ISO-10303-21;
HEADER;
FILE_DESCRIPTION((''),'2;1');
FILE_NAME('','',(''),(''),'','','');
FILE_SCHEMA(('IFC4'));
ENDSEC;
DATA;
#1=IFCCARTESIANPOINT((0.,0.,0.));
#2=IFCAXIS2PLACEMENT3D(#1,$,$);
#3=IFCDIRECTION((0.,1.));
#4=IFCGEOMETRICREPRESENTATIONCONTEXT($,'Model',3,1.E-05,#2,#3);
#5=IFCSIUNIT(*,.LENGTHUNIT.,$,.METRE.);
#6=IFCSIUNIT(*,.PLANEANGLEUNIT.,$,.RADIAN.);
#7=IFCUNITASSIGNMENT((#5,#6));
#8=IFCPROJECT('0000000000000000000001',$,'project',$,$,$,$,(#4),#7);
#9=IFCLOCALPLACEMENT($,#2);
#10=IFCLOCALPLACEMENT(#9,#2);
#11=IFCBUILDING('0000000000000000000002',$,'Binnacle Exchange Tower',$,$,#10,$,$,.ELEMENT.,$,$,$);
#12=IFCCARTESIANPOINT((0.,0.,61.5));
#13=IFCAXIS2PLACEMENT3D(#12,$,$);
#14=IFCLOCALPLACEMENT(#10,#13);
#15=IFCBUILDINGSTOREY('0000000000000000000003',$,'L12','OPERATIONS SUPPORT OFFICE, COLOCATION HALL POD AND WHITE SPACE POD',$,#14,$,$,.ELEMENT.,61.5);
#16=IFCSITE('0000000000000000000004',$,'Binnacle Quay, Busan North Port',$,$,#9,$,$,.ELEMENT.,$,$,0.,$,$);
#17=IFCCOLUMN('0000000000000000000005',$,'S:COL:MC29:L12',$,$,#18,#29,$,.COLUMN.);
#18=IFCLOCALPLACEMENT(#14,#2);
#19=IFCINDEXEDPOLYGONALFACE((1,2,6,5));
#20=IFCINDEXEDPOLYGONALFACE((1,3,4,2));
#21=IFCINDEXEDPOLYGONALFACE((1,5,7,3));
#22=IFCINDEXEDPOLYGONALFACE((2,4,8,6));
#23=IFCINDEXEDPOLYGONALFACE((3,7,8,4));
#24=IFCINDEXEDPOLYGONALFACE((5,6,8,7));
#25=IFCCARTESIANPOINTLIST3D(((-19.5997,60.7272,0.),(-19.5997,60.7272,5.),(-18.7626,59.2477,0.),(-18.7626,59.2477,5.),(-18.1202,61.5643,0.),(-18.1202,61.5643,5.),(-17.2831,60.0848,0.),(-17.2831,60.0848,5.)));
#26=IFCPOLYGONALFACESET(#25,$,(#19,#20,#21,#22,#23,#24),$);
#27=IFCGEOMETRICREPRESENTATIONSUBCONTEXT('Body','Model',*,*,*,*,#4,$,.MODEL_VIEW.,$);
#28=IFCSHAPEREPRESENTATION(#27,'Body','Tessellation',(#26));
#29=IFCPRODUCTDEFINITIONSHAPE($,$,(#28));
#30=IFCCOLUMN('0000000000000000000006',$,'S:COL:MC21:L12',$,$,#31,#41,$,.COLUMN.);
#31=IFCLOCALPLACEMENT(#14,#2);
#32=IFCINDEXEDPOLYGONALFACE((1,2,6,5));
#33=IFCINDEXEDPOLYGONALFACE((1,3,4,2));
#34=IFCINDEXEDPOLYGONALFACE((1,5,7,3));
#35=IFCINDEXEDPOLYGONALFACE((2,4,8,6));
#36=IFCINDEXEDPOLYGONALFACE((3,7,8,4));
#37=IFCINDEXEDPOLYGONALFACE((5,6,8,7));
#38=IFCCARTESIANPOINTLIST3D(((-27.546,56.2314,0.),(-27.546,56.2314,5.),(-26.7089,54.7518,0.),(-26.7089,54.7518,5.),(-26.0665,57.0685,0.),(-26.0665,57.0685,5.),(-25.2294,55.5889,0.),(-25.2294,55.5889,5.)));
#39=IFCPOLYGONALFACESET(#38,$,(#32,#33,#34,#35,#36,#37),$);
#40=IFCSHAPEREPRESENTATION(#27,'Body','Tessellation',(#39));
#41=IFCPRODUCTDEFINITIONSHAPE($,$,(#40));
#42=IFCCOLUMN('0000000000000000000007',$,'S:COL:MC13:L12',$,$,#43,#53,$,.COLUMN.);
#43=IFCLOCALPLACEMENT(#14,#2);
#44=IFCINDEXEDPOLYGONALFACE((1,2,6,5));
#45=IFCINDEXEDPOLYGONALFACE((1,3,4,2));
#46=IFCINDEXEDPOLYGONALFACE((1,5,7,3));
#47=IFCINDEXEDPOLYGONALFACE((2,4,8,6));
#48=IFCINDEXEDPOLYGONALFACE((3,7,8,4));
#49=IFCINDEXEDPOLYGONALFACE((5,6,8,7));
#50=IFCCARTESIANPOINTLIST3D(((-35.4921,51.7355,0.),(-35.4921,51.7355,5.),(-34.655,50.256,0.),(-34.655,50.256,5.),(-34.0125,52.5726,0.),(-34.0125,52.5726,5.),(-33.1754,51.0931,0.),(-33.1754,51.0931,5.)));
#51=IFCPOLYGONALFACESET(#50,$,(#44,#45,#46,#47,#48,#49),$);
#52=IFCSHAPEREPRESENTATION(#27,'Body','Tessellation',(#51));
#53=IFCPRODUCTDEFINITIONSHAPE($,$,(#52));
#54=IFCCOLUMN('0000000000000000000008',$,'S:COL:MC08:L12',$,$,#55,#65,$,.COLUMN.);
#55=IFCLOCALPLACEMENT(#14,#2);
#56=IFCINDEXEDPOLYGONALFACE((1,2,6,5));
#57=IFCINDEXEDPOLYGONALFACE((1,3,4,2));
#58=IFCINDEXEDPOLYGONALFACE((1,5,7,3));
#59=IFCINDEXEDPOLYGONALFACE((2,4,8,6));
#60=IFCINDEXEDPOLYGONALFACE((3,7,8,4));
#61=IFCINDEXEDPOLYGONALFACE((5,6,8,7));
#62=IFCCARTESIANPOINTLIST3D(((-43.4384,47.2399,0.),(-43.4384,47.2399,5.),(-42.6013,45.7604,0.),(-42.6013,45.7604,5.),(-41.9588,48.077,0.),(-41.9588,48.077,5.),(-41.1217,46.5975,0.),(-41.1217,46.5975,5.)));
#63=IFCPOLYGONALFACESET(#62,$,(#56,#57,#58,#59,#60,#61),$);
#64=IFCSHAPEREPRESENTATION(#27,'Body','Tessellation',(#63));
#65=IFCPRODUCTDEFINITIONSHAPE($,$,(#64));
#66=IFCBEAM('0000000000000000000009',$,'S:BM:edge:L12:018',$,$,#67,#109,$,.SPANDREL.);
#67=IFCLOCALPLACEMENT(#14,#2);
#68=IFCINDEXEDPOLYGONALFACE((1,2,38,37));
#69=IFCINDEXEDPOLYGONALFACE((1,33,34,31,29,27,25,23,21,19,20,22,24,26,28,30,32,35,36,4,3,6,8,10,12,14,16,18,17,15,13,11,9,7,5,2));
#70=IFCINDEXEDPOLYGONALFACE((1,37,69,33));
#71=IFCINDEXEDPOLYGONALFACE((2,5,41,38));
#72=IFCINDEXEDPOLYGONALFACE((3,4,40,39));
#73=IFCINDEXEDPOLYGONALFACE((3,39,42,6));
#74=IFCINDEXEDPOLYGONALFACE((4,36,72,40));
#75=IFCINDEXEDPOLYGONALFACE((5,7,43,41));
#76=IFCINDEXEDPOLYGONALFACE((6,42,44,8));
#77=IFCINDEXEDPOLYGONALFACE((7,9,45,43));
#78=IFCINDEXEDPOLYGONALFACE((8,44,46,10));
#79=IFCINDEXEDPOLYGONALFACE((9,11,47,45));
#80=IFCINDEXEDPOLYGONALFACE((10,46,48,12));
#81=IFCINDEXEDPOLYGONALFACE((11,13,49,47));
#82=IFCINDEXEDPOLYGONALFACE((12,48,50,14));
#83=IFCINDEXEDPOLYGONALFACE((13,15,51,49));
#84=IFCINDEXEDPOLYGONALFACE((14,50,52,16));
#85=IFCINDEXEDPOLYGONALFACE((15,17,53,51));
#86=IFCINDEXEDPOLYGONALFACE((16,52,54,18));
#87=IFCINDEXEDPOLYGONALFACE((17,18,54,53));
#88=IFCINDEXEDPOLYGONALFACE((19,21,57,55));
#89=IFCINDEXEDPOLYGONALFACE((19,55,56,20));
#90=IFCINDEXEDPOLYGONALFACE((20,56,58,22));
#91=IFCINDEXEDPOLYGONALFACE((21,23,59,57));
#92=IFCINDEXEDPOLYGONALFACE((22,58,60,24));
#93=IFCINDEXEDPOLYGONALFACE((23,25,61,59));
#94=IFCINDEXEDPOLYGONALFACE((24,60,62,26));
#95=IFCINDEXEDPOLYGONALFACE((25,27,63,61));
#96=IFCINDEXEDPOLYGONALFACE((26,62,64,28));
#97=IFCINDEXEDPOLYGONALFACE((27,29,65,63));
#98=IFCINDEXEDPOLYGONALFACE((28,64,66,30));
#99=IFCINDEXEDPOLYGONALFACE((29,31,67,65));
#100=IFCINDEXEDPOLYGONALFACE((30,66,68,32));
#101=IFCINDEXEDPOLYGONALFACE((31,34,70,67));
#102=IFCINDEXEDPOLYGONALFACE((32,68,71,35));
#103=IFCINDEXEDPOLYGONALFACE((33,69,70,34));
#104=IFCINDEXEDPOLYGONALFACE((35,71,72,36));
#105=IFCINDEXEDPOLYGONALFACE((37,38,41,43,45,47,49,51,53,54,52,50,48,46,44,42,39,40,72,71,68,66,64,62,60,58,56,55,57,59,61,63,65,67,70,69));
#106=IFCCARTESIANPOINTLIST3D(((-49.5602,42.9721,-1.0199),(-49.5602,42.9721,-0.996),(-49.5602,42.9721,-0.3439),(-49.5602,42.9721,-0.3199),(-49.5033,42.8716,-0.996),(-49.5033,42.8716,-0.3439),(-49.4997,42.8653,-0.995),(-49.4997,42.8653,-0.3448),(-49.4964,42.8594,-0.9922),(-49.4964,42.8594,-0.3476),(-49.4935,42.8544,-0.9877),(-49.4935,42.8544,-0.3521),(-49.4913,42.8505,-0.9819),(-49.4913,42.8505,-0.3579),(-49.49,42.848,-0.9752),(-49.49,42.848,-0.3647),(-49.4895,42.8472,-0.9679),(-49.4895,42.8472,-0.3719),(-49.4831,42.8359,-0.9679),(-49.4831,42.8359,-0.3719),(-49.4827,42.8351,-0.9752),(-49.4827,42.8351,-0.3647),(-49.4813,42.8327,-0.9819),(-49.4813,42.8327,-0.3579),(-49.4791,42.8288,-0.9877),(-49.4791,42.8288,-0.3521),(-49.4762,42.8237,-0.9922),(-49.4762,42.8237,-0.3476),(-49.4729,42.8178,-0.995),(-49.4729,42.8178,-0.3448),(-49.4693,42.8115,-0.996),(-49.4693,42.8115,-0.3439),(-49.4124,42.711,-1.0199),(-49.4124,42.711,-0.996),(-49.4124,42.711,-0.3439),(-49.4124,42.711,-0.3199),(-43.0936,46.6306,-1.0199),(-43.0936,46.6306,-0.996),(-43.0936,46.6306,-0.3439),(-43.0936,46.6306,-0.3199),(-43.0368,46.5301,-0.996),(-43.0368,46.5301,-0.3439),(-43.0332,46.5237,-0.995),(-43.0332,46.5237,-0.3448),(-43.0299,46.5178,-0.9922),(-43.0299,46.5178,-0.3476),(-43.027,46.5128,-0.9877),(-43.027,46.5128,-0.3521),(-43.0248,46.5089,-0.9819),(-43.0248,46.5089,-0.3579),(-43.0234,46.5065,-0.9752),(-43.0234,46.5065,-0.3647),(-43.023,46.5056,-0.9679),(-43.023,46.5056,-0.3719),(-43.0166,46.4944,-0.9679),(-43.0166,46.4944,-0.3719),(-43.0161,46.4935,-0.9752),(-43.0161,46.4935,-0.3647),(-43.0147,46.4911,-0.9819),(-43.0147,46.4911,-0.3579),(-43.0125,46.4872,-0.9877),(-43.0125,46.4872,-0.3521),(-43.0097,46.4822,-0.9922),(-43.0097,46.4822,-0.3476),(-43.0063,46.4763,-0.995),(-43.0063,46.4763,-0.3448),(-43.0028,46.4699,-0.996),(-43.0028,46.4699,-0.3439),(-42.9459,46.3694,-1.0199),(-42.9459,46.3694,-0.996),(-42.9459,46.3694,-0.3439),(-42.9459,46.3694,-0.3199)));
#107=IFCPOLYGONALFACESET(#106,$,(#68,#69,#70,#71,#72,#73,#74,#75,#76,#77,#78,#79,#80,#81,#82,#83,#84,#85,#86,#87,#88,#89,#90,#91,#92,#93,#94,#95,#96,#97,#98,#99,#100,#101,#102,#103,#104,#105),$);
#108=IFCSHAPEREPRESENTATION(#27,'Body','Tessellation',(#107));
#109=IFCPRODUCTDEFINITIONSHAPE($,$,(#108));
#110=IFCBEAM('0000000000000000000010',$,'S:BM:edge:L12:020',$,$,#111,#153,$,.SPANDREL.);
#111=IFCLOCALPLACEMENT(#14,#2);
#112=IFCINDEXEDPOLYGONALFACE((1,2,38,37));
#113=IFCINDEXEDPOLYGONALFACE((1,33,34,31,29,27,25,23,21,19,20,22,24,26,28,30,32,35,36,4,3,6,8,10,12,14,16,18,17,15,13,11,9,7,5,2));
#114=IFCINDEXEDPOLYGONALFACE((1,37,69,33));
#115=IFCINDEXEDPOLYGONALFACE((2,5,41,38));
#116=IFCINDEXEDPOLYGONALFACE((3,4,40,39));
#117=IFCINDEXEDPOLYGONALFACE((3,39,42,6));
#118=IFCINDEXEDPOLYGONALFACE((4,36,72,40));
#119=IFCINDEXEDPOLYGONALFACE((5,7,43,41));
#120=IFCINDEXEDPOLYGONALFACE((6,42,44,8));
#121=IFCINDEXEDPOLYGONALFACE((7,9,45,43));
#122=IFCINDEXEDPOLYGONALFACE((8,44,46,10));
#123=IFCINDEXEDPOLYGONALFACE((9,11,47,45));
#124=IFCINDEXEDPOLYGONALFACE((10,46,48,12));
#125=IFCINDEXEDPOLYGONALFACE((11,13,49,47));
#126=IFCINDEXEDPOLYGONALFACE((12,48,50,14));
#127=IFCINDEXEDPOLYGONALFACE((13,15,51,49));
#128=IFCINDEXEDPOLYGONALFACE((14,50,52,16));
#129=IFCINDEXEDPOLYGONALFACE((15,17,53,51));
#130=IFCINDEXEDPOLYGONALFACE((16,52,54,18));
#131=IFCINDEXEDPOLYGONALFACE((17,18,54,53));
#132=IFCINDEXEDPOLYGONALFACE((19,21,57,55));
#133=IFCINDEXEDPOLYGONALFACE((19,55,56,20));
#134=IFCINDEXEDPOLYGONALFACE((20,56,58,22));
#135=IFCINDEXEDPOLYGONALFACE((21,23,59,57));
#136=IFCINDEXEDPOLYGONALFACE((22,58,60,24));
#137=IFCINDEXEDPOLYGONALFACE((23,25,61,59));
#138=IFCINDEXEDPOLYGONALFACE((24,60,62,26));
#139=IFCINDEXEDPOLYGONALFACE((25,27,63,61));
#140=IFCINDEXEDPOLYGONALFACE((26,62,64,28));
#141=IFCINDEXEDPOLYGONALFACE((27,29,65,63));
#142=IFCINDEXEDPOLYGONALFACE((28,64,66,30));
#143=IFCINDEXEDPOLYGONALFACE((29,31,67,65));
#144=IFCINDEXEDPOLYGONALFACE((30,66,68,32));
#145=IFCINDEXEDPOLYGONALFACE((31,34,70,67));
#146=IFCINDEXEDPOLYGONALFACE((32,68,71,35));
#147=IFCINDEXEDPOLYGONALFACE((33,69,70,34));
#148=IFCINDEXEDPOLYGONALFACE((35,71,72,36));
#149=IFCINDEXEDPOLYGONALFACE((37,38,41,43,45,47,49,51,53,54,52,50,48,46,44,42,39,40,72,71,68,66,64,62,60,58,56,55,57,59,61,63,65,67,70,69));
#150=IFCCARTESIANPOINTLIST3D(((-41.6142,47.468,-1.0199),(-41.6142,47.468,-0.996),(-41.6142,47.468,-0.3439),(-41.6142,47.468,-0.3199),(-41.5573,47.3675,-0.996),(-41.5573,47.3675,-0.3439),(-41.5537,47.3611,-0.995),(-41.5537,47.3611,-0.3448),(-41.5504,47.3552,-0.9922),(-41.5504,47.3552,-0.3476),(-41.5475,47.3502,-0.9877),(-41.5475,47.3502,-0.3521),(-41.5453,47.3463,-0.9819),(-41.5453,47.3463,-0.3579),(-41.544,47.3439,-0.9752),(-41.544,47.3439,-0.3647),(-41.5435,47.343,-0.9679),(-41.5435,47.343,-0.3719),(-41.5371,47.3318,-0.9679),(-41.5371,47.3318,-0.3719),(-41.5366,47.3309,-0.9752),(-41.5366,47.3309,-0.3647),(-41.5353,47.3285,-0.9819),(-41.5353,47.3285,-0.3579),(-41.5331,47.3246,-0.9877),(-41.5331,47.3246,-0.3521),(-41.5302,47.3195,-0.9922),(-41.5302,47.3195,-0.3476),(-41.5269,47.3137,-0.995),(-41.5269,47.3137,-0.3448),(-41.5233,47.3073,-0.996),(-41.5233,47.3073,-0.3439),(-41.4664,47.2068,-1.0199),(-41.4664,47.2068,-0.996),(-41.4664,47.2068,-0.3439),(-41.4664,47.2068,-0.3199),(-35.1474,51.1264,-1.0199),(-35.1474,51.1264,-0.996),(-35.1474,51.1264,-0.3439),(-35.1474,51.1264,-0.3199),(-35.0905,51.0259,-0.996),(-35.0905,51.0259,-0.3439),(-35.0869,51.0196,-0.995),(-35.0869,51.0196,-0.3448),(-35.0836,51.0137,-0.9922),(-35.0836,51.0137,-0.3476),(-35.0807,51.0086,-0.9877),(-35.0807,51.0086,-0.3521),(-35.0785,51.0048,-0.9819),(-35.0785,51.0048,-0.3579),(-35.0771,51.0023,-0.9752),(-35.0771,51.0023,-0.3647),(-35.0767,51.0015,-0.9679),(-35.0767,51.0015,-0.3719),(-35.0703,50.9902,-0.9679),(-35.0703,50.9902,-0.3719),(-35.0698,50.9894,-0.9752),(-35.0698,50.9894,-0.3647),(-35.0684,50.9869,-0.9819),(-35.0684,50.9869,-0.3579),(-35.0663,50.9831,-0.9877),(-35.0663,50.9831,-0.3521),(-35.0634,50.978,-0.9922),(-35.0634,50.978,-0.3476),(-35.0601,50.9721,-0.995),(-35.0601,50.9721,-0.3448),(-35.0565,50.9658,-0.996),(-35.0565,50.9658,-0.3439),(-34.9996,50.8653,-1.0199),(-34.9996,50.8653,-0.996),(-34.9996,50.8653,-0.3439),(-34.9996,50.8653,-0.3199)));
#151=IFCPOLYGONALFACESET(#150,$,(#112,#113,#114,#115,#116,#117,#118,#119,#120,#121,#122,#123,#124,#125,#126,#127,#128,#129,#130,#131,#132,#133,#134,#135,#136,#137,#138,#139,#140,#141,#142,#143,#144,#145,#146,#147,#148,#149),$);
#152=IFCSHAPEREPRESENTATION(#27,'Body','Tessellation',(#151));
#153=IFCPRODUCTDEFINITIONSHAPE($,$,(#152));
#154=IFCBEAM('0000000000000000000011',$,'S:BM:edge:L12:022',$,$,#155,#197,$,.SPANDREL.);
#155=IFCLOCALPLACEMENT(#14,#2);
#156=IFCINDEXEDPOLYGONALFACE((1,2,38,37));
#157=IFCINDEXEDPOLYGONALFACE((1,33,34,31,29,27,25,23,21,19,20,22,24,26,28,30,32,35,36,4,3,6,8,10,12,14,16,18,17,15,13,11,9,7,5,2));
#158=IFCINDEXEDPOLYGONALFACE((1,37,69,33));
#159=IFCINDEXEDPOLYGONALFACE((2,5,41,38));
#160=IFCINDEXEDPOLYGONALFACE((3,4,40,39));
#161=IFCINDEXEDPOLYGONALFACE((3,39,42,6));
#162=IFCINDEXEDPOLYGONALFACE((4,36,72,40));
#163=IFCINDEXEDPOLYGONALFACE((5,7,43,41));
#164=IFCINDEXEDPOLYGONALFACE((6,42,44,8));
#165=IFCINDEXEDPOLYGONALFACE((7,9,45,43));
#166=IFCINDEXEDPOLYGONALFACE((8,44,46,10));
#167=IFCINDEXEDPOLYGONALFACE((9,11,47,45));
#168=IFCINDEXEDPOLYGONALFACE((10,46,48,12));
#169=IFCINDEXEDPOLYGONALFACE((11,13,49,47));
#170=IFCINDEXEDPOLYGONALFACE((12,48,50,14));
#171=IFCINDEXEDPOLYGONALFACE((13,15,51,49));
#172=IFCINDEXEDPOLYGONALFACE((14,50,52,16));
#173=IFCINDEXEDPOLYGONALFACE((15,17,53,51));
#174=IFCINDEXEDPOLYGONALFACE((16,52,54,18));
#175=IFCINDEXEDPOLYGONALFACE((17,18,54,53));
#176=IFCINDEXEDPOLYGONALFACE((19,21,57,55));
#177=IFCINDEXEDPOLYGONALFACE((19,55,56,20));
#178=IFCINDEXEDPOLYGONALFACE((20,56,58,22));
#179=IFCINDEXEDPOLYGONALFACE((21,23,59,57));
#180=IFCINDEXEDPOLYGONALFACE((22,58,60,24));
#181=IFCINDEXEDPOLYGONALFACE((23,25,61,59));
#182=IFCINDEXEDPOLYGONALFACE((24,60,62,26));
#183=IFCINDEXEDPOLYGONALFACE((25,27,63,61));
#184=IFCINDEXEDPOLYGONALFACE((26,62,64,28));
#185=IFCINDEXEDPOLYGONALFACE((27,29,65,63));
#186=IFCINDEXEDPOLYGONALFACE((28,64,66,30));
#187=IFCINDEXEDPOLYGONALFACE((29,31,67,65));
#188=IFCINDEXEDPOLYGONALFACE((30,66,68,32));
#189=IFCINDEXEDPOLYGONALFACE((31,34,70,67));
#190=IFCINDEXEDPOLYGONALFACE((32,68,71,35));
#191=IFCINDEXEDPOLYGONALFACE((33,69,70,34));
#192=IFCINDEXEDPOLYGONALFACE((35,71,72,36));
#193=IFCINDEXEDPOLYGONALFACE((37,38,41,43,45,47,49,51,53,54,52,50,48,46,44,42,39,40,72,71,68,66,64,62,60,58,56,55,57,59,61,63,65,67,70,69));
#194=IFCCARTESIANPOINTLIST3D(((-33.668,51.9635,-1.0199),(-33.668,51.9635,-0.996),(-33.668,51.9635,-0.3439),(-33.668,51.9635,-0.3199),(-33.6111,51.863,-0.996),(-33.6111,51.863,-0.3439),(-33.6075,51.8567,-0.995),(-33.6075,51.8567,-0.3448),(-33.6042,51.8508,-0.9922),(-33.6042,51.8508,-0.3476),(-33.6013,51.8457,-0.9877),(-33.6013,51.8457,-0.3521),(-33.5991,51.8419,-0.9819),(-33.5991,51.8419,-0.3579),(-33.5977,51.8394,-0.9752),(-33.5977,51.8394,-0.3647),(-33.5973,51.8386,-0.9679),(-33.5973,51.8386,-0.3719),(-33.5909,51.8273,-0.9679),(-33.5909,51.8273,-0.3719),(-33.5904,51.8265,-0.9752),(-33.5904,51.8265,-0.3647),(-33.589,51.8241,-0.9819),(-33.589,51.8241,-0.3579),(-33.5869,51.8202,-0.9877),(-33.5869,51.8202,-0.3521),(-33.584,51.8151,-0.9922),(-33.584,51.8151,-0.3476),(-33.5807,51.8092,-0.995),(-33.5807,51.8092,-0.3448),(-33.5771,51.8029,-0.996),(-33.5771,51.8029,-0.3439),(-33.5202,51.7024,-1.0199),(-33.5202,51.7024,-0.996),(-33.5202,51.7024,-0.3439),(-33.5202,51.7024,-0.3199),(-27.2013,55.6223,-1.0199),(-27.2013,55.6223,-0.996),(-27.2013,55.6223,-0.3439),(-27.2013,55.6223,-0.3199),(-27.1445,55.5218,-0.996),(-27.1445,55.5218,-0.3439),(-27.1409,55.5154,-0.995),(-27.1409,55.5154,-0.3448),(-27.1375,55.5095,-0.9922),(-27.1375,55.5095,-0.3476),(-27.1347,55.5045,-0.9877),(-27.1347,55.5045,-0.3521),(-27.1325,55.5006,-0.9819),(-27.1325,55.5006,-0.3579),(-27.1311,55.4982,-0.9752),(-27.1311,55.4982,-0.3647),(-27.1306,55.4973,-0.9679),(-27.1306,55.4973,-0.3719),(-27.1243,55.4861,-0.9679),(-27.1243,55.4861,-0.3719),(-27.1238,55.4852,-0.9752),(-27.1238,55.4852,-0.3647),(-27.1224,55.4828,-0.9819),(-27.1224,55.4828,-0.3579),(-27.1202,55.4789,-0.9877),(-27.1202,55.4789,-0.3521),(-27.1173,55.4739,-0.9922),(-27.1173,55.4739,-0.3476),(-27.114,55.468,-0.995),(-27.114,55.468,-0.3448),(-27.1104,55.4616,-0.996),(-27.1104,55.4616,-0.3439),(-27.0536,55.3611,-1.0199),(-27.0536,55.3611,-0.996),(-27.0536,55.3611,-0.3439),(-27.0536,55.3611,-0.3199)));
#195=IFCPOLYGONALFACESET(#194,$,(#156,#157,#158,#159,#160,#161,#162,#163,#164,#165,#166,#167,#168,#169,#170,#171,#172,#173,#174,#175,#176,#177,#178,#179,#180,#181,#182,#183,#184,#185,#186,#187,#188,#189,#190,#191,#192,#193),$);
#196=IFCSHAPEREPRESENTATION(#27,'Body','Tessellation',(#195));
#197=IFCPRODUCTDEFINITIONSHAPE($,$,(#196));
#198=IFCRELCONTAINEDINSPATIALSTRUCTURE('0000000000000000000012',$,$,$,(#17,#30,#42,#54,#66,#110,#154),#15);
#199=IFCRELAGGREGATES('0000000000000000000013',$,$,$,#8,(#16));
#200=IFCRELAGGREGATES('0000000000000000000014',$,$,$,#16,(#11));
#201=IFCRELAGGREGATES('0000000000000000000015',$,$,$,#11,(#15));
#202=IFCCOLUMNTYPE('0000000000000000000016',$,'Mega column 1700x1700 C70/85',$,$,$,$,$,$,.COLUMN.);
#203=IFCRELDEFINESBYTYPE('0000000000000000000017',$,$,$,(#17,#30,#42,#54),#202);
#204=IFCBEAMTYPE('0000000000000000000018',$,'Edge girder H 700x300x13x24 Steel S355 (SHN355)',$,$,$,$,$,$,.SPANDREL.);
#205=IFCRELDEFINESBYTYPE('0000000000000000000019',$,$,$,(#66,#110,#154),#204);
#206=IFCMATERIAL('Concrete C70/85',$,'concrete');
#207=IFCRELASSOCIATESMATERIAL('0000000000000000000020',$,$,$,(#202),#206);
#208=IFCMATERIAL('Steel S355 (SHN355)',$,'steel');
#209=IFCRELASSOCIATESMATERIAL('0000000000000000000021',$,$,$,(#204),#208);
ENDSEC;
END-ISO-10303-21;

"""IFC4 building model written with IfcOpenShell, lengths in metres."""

from ifc_helpers import new_model, si_unit, direction, frame, origin, origin_2d, place, context, subcontext, project, spatial, rectangle, i_section, extrude, material, material_profile, profile_set, type_object, element, save


model = new_model("IFC4")

# Units and contexts
model_context = context("Model", 3, precision=1e-05, world=origin(), true_north=direction((0.0, 1.0)))
body_context = subcontext(model_context, "Body", "Model", "MODEL_VIEW")
ifc_project = project(units=[si_unit("LENGTHUNIT", "METRE"), si_unit("PLANEANGLEUNIT", "RADIAN")], contexts=[model_context])

# Site, building, storey
site_placement = place(None, origin())
site = spatial("IfcSite", under=ifc_project, at=site_placement, Name="Binnacle Quay, Busan North Port", CompositionType="ELEMENT", RefElevation=0.0)
building_placement = place(site_placement, origin())
building = spatial("IfcBuilding", under=site, at=building_placement, Name="Binnacle Exchange Tower", CompositionType="ELEMENT")
storey_placement = place(building_placement, frame((0.0, 0.0, 61.5)))
storey = spatial("IfcBuildingStorey", under=building, at=storey_placement, Name="L12", Description="OPERATIONS SUPPORT OFFICE, COLOCATION HALL POD AND WHITE SPACE POD", CompositionType="ELEMENT", Elevation=61.5)

# Columns
ifc_material_1 = material(Name="Concrete C70/85", Category="concrete")
ifc_material_profile_1 = material_profile(ifc_material_1, rectangle(XDim=1.7, YDim=1.7, at=origin_2d()), Name="Mega column 1700x1700 C70/85")
ifc_profile_set_1 = profile_set([ifc_material_profile_1], Name="Concrete C70/85")
column_type = type_object("IfcColumnType", Name="Mega column 1700x1700 C70/85", PredefinedType="COLUMN", material=ifc_profile_set_1)
for number, where, z_axis, x_axis, name in (
    (1, (-18.4414, 60.406, 0.0), (0.0, 0.0, 1.0), (-0.870356, -0.492424, 0.0), "S:COL:MC29:L12"),
    (2, (-26.3877, 55.9102, 0.0), (0.0, 0.0, 1.0), (-0.870356, -0.492424, 0.0), "S:COL:MC21:L12"),
    (3, (-34.3337, 51.4143, 0.0), (0.0, 0.0, 1.0), (-0.870356, -0.492424, 0.0), "S:COL:MC13:L12"),
    (4, (-42.28, 46.9187, 0.0), (0.0, 0.0, 1.0), (-0.870356, -0.492424, 0.0), "S:COL:MC08:L12"),
):
    element("IfcColumn", number, at=place(storey_placement, frame(where, z_axis=z_axis, x_axis=x_axis)), inside=storey, type_object=column_type, Name=name, PredefinedType="COLUMN", context=body_context, shape_type="SweptSolid", body=[
        extrude(rectangle(XDim=1.7, YDim=1.7, at=origin_2d()), origin(), (0.0, 0.0, 1.0), 5.0),
    ])

# Beams
ifc_material_2 = material(Name="Steel S355 (SHN355)", Category="steel")
ifc_material_profile_2 = material_profile(ifc_material_2, i_section(OverallWidth=0.3, OverallDepth=0.7, WebThickness=0.0129, FlangeThickness=0.0239, FilletRadius=0.0281, at=origin_2d()), Name="H 700x300x13x24")
ifc_profile_set_2 = profile_set([ifc_material_profile_2], Name="Steel S355 (SHN355)")
beam_type_1 = type_object("IfcBeamType", Name="Edge girder H 700x300x13x24 Steel S355 (SHN355)", PredefinedType="SPANDREL", material=ifc_profile_set_2)
beam_1_placement = place(storey_placement, frame((-43.0198, 46.5, -0.6699), z_axis=(-0.870364, -0.492408, 0.0), x_axis=(0.492408, -0.870364, 0.0)))
element("IfcBeam", 5, at=beam_1_placement, inside=storey, type_object=beam_type_1, Name="S:BM:edge:L12:018", PredefinedType="SPANDREL", context=body_context, shape_type="SweptSolid", body=[
    extrude(i_section(OverallWidth=0.3, OverallDepth=0.7, WebThickness=0.0129, FlangeThickness=0.0239, FilletRadius=0.0281, at=origin_2d()), origin(), (0.0, 0.0, 1.0), 7.4297),
])
for number, where, z_axis, x_axis, name in (
    (6, (-35.0735, 50.9958, -0.6699), (-0.870372, -0.492394, 0.0), (0.492394, -0.870372, 0.0), "S:BM:edge:L12:020"),
    (7, (-27.1274, 55.4917, -0.6699), (-0.87035, -0.492433, 0.0), (0.492433, -0.87035, 0.0), "S:BM:edge:L12:022"),
):
    element("IfcBeam", number, at=place(storey_placement, frame(where, z_axis=z_axis, x_axis=x_axis)), inside=storey, type_object=beam_type_1, Name=name, PredefinedType="SPANDREL", context=body_context, shape_type="SweptSolid", body=[
        extrude(i_section(OverallWidth=0.3, OverallDepth=0.7, WebThickness=0.0129, FlangeThickness=0.0239, FilletRadius=0.0281, at=origin_2d()), origin(), (0.0, 0.0, 1.0), 7.4299),
    ])

save(model, "model.ifc")
